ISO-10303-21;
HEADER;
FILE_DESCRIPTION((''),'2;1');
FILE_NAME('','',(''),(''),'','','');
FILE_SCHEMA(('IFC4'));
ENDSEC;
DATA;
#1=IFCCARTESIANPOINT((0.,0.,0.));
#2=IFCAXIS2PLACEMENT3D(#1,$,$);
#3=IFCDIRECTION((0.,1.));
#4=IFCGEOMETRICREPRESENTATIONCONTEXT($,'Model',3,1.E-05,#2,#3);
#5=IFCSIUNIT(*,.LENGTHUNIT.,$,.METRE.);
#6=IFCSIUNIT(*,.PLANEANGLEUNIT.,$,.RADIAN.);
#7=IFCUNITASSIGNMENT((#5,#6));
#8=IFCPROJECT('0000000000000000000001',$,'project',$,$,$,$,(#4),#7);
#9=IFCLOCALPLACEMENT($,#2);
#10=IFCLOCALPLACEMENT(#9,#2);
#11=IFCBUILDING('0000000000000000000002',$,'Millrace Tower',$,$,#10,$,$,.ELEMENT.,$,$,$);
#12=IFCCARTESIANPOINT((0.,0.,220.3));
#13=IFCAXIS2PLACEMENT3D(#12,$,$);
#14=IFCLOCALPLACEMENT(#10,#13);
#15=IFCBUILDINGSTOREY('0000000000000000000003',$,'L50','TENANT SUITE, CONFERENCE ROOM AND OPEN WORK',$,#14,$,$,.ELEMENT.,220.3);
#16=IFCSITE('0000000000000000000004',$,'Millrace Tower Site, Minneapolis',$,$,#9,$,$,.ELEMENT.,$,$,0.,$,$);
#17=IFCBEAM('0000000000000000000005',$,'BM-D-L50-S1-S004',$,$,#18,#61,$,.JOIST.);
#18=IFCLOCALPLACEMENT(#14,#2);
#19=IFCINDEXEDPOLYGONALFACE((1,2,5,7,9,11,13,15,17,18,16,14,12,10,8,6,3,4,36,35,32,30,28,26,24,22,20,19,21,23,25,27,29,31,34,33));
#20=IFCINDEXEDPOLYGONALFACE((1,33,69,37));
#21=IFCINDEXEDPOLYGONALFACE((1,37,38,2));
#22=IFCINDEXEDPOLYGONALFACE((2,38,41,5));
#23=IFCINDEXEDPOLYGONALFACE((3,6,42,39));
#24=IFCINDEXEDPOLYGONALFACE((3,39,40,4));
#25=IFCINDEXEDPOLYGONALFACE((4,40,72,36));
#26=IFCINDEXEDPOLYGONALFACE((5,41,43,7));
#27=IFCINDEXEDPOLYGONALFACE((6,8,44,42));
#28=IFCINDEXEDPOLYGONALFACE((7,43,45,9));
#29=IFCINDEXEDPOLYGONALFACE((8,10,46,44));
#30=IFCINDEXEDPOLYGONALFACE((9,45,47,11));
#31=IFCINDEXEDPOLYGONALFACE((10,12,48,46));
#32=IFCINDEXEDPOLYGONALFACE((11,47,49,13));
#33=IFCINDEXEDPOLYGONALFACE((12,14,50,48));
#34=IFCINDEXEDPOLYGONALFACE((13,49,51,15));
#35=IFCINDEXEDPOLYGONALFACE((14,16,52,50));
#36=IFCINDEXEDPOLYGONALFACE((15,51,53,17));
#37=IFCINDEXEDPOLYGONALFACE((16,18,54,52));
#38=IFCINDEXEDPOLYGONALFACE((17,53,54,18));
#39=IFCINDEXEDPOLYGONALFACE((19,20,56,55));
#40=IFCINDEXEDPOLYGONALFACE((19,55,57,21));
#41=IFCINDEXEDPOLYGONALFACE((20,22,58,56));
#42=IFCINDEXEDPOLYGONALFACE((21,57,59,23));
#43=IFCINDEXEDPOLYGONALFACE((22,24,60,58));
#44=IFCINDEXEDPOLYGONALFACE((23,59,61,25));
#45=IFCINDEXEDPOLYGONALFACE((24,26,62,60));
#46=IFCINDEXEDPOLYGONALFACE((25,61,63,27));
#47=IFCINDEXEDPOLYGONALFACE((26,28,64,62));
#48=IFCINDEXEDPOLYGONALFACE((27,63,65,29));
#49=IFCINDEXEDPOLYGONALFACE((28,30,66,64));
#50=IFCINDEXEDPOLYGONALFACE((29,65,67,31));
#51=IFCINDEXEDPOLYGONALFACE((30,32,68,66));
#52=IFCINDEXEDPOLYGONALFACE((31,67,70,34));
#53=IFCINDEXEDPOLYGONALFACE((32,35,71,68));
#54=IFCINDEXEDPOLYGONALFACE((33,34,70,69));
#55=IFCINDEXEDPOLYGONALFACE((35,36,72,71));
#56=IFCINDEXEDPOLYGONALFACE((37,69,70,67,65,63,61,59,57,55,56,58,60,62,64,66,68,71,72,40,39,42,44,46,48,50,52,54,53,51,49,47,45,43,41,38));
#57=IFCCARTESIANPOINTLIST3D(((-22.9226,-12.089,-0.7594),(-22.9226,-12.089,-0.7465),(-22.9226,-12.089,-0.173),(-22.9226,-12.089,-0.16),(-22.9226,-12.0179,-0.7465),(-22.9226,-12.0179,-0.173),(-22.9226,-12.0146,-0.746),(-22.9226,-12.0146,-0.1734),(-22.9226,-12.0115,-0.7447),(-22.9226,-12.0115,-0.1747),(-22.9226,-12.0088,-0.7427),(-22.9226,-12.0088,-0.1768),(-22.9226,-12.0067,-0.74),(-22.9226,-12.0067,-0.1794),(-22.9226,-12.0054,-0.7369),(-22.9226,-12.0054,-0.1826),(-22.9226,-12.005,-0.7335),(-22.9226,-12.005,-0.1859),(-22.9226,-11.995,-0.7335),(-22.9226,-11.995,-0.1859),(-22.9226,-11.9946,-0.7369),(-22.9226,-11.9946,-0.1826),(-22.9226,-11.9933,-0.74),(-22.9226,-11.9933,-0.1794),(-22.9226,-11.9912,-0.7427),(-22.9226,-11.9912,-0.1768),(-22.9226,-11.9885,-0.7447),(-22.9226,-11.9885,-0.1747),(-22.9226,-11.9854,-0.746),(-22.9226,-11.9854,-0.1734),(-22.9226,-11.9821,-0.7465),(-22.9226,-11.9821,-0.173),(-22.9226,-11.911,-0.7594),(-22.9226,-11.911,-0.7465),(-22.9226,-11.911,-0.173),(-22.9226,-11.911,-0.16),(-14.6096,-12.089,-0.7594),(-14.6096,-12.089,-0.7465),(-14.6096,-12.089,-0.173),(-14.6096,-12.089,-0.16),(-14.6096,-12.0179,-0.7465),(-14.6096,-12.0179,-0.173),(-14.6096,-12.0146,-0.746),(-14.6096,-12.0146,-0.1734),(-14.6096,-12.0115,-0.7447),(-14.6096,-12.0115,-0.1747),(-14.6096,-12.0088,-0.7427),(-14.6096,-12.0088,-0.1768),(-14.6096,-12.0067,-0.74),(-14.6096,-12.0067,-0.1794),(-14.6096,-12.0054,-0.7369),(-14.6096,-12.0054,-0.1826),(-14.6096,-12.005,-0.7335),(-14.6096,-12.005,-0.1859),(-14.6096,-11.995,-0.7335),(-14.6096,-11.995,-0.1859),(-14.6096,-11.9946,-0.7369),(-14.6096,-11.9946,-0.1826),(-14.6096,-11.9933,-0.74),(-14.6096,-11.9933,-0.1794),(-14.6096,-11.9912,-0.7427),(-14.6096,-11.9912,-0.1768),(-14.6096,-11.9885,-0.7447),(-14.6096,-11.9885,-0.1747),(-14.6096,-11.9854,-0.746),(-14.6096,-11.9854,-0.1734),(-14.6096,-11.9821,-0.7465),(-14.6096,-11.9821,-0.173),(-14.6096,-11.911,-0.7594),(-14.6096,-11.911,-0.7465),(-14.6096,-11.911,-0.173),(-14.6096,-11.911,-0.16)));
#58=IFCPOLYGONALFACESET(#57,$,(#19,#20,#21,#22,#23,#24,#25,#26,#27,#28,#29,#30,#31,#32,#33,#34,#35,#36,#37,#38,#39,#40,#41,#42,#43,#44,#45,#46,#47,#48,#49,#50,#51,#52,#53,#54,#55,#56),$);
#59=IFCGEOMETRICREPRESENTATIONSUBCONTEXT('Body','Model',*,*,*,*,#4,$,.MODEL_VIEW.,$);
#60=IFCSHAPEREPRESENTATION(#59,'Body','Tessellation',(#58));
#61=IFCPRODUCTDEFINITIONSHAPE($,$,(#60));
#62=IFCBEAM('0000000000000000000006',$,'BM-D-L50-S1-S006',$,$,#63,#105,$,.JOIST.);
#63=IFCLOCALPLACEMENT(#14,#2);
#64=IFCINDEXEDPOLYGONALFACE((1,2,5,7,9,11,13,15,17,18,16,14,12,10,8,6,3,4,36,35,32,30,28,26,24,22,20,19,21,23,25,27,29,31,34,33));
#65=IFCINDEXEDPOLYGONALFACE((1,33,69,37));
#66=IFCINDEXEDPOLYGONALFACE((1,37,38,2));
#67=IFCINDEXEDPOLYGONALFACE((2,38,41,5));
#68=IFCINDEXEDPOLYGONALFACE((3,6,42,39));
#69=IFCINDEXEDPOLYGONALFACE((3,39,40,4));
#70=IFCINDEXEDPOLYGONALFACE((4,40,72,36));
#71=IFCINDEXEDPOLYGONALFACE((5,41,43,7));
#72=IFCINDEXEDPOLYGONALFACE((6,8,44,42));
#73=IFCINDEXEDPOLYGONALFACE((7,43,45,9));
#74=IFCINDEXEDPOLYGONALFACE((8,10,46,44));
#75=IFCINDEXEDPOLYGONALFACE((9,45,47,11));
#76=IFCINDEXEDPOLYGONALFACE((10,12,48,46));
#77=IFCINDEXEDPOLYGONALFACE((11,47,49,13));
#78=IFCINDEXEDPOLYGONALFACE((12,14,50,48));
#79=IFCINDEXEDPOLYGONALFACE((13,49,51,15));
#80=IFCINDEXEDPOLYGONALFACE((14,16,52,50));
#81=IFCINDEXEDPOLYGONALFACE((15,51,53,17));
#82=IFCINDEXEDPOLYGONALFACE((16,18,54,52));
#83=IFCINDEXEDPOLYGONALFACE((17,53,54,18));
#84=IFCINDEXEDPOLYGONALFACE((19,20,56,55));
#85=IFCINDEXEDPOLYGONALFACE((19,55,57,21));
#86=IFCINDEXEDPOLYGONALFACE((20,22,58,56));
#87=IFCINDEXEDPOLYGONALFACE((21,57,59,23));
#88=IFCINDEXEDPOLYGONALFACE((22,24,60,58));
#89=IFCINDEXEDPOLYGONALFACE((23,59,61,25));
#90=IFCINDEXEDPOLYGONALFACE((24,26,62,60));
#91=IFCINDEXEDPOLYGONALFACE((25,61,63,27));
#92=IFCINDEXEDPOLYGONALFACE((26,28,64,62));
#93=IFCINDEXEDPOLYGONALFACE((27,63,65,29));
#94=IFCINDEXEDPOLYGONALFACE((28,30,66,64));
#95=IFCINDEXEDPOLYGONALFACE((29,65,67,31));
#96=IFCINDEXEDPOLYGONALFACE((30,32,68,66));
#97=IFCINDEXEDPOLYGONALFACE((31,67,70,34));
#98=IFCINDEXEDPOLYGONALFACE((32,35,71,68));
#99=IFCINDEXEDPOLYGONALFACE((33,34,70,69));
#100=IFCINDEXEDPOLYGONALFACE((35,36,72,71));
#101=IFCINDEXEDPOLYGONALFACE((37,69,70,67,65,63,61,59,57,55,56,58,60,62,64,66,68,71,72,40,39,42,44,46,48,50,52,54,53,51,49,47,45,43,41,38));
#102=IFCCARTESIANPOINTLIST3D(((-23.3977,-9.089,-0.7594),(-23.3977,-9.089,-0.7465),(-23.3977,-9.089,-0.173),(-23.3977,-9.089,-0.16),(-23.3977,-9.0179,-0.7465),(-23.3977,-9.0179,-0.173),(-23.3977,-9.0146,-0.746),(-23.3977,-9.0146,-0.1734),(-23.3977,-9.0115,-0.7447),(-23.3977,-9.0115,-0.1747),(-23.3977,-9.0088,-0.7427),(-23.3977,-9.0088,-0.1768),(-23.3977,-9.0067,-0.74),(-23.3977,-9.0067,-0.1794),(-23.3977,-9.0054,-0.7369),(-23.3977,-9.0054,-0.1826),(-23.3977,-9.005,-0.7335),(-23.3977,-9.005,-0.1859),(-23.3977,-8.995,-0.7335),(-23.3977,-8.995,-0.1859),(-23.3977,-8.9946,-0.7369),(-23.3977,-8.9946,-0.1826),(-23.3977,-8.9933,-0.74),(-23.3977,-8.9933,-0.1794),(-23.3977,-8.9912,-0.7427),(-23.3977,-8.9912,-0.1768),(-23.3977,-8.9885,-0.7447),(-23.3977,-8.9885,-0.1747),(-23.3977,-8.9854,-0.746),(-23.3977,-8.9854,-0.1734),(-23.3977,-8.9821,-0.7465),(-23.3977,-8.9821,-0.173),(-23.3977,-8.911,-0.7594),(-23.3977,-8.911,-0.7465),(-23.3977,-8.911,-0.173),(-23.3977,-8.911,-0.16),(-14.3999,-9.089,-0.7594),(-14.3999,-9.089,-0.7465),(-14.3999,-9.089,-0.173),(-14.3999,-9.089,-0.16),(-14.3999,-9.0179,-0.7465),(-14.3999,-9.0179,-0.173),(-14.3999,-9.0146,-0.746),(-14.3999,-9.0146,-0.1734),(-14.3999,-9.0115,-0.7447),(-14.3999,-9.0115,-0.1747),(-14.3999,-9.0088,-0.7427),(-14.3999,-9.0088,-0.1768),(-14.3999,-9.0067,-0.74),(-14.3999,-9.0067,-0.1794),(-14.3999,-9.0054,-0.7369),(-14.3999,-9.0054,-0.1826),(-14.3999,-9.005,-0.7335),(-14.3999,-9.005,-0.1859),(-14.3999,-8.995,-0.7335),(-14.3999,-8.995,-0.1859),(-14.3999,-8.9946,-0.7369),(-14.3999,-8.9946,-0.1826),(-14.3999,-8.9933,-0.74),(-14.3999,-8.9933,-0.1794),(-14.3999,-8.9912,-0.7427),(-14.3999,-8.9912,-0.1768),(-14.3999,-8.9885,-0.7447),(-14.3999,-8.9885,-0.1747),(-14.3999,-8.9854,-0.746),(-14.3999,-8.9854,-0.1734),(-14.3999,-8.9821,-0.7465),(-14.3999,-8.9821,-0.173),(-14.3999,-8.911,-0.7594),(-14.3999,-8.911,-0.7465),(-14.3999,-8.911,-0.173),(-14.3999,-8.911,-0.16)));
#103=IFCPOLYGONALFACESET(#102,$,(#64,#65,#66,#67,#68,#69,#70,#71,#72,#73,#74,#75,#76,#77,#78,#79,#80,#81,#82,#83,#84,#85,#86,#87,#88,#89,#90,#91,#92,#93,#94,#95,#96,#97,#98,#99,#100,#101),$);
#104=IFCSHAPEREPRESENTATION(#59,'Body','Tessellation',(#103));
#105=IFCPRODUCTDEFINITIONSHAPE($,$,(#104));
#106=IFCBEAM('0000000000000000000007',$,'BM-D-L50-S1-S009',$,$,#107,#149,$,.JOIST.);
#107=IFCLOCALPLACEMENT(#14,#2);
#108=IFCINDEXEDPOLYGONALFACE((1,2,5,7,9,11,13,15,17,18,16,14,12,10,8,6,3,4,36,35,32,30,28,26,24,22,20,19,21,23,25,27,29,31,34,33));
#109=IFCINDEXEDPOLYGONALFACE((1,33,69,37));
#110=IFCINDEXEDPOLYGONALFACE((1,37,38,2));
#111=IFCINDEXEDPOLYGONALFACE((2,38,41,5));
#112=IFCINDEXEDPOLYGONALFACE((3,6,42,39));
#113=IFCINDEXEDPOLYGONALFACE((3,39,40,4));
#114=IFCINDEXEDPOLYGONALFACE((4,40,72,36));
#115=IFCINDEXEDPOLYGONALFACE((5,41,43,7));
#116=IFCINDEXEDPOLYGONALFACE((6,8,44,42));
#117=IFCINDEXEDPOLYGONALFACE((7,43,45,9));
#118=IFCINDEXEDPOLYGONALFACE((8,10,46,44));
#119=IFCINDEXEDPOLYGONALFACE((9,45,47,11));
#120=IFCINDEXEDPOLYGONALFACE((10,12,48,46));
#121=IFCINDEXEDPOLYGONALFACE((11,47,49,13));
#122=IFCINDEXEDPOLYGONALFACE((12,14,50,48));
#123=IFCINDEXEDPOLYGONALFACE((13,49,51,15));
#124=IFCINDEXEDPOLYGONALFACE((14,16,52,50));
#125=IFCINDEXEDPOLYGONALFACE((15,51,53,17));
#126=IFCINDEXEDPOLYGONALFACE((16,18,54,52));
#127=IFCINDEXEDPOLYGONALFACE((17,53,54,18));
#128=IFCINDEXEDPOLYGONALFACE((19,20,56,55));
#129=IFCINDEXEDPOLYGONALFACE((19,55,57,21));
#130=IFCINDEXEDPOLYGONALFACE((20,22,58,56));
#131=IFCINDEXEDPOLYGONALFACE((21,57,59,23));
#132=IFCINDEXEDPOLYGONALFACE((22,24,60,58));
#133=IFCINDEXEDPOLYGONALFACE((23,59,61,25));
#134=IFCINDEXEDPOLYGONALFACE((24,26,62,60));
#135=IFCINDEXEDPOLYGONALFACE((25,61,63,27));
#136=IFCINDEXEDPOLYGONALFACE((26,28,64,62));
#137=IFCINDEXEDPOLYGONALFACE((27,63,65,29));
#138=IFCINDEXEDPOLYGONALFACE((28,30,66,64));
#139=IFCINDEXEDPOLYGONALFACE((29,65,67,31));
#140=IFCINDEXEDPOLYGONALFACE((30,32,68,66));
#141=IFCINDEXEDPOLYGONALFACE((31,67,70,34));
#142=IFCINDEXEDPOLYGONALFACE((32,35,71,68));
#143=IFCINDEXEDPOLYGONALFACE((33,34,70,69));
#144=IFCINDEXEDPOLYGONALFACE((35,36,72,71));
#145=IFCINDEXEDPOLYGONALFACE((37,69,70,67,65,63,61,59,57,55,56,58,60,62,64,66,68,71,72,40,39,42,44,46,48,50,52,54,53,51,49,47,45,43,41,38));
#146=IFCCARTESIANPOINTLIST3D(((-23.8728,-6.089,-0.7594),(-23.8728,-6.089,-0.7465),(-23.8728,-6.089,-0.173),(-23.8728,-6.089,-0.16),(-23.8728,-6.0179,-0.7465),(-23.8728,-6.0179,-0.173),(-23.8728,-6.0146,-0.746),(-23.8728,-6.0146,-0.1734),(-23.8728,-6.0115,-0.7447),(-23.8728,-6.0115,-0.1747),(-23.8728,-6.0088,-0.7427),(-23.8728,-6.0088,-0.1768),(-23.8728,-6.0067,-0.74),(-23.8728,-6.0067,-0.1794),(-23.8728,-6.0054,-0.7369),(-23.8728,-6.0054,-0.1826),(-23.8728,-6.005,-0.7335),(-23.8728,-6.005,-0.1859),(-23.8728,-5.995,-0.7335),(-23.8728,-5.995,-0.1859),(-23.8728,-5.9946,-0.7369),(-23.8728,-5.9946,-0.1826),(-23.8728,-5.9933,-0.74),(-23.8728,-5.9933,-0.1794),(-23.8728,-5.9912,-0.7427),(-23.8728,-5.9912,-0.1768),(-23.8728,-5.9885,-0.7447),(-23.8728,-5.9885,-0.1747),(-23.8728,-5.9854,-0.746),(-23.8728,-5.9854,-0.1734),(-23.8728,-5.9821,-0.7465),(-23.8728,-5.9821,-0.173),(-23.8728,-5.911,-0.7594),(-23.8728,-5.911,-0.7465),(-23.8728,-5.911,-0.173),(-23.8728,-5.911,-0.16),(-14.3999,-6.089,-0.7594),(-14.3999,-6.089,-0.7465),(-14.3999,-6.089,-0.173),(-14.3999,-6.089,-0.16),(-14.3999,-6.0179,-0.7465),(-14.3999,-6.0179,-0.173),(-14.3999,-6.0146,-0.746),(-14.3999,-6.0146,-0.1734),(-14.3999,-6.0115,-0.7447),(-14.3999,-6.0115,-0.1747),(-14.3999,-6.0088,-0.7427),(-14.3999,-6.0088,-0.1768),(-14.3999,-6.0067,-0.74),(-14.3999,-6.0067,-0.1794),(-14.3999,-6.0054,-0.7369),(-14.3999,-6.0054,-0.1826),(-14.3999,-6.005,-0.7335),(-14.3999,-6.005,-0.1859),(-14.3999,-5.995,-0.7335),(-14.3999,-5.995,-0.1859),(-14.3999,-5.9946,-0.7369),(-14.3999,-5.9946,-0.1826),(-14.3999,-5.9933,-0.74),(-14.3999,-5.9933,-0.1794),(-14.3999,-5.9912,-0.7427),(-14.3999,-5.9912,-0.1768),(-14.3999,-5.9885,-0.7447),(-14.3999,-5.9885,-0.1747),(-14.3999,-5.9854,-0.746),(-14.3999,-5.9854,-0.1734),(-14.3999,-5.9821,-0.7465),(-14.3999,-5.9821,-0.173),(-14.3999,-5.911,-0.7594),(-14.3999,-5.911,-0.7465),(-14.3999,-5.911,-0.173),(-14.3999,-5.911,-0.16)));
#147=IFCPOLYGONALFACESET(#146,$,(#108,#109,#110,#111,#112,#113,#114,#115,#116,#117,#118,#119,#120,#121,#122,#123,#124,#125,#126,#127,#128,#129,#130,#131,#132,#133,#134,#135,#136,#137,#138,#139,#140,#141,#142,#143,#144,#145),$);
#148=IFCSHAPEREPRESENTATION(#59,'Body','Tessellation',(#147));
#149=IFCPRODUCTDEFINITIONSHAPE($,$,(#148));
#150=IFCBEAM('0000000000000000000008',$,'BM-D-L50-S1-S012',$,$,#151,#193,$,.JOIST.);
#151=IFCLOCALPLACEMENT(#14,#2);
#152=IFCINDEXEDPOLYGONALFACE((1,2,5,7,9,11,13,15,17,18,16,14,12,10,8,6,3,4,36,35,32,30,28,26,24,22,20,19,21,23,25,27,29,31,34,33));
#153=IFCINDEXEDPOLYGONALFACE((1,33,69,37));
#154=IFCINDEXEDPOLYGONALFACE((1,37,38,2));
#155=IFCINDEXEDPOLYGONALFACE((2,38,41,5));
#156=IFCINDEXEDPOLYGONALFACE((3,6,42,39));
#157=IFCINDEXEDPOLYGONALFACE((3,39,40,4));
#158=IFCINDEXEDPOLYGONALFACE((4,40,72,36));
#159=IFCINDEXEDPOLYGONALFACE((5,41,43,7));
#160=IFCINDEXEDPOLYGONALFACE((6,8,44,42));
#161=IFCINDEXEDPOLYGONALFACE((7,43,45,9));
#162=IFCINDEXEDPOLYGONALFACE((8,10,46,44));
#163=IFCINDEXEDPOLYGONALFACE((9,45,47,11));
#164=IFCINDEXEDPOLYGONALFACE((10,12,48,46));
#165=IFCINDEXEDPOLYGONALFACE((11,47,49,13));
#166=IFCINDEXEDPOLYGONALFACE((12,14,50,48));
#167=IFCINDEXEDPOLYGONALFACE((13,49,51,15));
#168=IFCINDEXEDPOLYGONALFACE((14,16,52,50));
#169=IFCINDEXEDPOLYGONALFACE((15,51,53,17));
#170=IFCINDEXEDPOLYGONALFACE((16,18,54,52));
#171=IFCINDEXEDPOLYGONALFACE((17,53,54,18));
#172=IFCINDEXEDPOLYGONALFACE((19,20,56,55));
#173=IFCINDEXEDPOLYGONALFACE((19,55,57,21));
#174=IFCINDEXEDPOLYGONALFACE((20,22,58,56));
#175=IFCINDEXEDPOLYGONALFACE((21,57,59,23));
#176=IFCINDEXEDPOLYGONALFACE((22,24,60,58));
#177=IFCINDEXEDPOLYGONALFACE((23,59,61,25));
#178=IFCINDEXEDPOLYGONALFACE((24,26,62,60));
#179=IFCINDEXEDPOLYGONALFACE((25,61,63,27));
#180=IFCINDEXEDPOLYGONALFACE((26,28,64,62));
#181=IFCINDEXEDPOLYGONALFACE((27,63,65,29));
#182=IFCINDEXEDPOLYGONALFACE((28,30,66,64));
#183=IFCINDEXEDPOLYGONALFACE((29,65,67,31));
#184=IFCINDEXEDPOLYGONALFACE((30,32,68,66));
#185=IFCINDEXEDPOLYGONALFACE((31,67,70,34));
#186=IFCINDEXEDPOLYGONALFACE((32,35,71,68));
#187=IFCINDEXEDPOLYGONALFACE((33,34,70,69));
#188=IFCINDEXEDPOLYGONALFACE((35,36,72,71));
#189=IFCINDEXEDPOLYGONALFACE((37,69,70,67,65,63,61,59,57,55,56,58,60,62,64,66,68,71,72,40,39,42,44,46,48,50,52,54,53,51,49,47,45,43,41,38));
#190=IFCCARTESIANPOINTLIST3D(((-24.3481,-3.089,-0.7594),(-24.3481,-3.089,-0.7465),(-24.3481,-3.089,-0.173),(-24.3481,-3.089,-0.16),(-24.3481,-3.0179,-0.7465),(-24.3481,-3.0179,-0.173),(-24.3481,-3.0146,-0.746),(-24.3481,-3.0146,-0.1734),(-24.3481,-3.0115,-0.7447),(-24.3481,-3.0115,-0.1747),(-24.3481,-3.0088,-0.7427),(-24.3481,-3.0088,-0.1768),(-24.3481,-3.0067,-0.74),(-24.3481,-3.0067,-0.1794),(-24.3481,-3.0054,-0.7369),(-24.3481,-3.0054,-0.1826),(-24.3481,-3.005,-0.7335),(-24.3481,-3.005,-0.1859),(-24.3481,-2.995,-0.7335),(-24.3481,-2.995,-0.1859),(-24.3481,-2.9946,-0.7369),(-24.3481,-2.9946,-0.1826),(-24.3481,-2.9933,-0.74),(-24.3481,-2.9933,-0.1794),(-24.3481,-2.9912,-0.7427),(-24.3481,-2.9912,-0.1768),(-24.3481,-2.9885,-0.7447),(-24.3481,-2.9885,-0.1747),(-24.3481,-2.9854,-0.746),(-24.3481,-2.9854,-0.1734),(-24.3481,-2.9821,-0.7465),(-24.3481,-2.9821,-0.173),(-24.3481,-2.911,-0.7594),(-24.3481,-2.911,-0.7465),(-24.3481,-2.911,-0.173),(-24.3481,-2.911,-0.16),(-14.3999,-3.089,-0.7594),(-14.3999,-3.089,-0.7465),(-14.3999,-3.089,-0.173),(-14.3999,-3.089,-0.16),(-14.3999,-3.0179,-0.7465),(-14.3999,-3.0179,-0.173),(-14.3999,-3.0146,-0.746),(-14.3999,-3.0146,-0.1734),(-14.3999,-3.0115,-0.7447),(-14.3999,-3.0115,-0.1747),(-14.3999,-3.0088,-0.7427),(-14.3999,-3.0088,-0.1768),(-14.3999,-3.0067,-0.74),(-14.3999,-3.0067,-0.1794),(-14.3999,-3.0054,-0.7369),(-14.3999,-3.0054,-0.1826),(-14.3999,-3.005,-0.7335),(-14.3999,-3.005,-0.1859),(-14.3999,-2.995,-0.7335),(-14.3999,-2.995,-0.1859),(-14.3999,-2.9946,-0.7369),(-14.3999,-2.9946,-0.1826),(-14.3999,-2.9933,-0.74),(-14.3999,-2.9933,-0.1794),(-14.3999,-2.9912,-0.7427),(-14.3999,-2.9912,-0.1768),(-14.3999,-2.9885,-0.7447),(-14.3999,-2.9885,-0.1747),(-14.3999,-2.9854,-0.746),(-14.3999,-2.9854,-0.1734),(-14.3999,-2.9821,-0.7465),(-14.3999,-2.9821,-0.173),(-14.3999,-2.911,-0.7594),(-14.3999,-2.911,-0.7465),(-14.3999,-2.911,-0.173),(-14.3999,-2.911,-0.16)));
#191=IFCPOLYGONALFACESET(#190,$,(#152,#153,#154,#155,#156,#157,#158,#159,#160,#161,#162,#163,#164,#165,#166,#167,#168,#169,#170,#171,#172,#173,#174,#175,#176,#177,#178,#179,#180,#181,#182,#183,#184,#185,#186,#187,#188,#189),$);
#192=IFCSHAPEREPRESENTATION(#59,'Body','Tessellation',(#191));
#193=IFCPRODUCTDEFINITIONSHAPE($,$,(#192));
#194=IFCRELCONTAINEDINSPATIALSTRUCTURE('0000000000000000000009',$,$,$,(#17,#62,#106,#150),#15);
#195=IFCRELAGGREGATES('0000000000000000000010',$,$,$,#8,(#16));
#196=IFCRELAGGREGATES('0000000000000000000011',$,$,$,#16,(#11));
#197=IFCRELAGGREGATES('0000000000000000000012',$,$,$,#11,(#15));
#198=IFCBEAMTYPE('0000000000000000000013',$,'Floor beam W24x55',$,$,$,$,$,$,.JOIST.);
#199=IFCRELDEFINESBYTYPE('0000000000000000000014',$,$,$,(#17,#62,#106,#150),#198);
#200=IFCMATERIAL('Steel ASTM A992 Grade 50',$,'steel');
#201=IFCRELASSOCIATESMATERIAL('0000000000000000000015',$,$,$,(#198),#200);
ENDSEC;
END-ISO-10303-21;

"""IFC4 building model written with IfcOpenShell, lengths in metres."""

from ifc_helpers import new_model, si_unit, direction, frame, origin, origin_2d, place, context, subcontext, project, spatial, i_section, extrude, material, material_profile, profile_set, type_object, element, save


model = new_model("IFC4")

# Units and contexts
model_context = context("Model", 3, precision=1e-05, world=origin(), true_north=direction((0.0, 1.0)))
body_context = subcontext(model_context, "Body", "Model", "MODEL_VIEW")
ifc_project = project(units=[si_unit("LENGTHUNIT", "METRE"), si_unit("PLANEANGLEUNIT", "RADIAN")], contexts=[model_context])

# Site, building, storey
site_placement = place(None, origin())
site = spatial("IfcSite", under=ifc_project, at=site_placement, Name="Millrace Tower Site, Minneapolis", CompositionType="ELEMENT", RefElevation=0.0)
building_placement = place(site_placement, origin())
building = spatial("IfcBuilding", under=site, at=building_placement, Name="Millrace Tower", CompositionType="ELEMENT")
storey_placement = place(building_placement, frame((0.0, 0.0, 220.3)))
storey = spatial("IfcBuildingStorey", under=building, at=storey_placement, Name="L50", Description="TENANT SUITE, CONFERENCE ROOM AND OPEN WORK", CompositionType="ELEMENT", Elevation=220.3)

# Beams
ifc_material_1 = material(Name="Steel ASTM A992 Grade 50", Category="steel")
ifc_material_profile_1 = material_profile(ifc_material_1, i_section(OverallWidth=0.178, OverallDepth=0.5994, WebThickness=0.01, FlangeThickness=0.0129, FilletRadius=0.0129, at=origin_2d()))
ifc_profile_set_1 = profile_set([ifc_material_profile_1], Name="Steel ASTM A992 Grade 50")
beam_type_1 = type_object("IfcBeamType", Name="Floor beam W24x55", PredefinedType="JOIST", material=ifc_profile_set_1)
beam_1_placement = place(storey_placement, frame((-22.9226, -12.0, -0.4597), z_axis=(1.0, 0.0, 0.0), x_axis=(0.0, 1.0, 0.0)))
element("IfcBeam", 1, at=beam_1_placement, inside=storey, type_object=beam_type_1, Name="BM-D-L50-S1-S004", PredefinedType="JOIST", context=body_context, shape_type="SweptSolid", body=[
    extrude(i_section(OverallWidth=0.178, OverallDepth=0.5994, WebThickness=0.01, FlangeThickness=0.0129, FilletRadius=0.0129, at=origin_2d()), origin(), (0.0, 0.0, 1.0), 8.313),
])
beam_2_placement = place(storey_placement, frame((-23.3977, -9.0, -0.4597), z_axis=(1.0, 0.0, 0.0), x_axis=(0.0, 1.0, 0.0)))
element("IfcBeam", 2, at=beam_2_placement, inside=storey, type_object=beam_type_1, Name="BM-D-L50-S1-S006", PredefinedType="JOIST", context=body_context, shape_type="SweptSolid", body=[
    extrude(i_section(OverallWidth=0.178, OverallDepth=0.5994, WebThickness=0.01, FlangeThickness=0.0129, FilletRadius=0.0129, at=origin_2d()), origin(), (0.0, 0.0, 1.0), 8.9978),
])
beam_3_placement = place(storey_placement, frame((-23.8728, -6.0, -0.4597), z_axis=(1.0, 0.0, 0.0), x_axis=(0.0, 1.0, 0.0)))
element("IfcBeam", 3, at=beam_3_placement, inside=storey, type_object=beam_type_1, Name="BM-D-L50-S1-S009", PredefinedType="JOIST", context=body_context, shape_type="SweptSolid", body=[
    extrude(i_section(OverallWidth=0.178, OverallDepth=0.5994, WebThickness=0.01, FlangeThickness=0.0129, FilletRadius=0.0129, at=origin_2d()), origin(), (0.0, 0.0, 1.0), 9.4729),
])
beam_4_placement = place(storey_placement, frame((-24.3481, -3.0, -0.4597), z_axis=(1.0, 0.0, 0.0), x_axis=(0.0, 1.0, 0.0)))
element("IfcBeam", 4, at=beam_4_placement, inside=storey, type_object=beam_type_1, Name="BM-D-L50-S1-S012", PredefinedType="JOIST", context=body_context, shape_type="SweptSolid", body=[
    extrude(i_section(OverallWidth=0.178, OverallDepth=0.5994, WebThickness=0.01, FlangeThickness=0.0129, FilletRadius=0.0129, at=origin_2d()), origin(), (0.0, 0.0, 1.0), 9.9482),
])

save(model, "model.ifc")
